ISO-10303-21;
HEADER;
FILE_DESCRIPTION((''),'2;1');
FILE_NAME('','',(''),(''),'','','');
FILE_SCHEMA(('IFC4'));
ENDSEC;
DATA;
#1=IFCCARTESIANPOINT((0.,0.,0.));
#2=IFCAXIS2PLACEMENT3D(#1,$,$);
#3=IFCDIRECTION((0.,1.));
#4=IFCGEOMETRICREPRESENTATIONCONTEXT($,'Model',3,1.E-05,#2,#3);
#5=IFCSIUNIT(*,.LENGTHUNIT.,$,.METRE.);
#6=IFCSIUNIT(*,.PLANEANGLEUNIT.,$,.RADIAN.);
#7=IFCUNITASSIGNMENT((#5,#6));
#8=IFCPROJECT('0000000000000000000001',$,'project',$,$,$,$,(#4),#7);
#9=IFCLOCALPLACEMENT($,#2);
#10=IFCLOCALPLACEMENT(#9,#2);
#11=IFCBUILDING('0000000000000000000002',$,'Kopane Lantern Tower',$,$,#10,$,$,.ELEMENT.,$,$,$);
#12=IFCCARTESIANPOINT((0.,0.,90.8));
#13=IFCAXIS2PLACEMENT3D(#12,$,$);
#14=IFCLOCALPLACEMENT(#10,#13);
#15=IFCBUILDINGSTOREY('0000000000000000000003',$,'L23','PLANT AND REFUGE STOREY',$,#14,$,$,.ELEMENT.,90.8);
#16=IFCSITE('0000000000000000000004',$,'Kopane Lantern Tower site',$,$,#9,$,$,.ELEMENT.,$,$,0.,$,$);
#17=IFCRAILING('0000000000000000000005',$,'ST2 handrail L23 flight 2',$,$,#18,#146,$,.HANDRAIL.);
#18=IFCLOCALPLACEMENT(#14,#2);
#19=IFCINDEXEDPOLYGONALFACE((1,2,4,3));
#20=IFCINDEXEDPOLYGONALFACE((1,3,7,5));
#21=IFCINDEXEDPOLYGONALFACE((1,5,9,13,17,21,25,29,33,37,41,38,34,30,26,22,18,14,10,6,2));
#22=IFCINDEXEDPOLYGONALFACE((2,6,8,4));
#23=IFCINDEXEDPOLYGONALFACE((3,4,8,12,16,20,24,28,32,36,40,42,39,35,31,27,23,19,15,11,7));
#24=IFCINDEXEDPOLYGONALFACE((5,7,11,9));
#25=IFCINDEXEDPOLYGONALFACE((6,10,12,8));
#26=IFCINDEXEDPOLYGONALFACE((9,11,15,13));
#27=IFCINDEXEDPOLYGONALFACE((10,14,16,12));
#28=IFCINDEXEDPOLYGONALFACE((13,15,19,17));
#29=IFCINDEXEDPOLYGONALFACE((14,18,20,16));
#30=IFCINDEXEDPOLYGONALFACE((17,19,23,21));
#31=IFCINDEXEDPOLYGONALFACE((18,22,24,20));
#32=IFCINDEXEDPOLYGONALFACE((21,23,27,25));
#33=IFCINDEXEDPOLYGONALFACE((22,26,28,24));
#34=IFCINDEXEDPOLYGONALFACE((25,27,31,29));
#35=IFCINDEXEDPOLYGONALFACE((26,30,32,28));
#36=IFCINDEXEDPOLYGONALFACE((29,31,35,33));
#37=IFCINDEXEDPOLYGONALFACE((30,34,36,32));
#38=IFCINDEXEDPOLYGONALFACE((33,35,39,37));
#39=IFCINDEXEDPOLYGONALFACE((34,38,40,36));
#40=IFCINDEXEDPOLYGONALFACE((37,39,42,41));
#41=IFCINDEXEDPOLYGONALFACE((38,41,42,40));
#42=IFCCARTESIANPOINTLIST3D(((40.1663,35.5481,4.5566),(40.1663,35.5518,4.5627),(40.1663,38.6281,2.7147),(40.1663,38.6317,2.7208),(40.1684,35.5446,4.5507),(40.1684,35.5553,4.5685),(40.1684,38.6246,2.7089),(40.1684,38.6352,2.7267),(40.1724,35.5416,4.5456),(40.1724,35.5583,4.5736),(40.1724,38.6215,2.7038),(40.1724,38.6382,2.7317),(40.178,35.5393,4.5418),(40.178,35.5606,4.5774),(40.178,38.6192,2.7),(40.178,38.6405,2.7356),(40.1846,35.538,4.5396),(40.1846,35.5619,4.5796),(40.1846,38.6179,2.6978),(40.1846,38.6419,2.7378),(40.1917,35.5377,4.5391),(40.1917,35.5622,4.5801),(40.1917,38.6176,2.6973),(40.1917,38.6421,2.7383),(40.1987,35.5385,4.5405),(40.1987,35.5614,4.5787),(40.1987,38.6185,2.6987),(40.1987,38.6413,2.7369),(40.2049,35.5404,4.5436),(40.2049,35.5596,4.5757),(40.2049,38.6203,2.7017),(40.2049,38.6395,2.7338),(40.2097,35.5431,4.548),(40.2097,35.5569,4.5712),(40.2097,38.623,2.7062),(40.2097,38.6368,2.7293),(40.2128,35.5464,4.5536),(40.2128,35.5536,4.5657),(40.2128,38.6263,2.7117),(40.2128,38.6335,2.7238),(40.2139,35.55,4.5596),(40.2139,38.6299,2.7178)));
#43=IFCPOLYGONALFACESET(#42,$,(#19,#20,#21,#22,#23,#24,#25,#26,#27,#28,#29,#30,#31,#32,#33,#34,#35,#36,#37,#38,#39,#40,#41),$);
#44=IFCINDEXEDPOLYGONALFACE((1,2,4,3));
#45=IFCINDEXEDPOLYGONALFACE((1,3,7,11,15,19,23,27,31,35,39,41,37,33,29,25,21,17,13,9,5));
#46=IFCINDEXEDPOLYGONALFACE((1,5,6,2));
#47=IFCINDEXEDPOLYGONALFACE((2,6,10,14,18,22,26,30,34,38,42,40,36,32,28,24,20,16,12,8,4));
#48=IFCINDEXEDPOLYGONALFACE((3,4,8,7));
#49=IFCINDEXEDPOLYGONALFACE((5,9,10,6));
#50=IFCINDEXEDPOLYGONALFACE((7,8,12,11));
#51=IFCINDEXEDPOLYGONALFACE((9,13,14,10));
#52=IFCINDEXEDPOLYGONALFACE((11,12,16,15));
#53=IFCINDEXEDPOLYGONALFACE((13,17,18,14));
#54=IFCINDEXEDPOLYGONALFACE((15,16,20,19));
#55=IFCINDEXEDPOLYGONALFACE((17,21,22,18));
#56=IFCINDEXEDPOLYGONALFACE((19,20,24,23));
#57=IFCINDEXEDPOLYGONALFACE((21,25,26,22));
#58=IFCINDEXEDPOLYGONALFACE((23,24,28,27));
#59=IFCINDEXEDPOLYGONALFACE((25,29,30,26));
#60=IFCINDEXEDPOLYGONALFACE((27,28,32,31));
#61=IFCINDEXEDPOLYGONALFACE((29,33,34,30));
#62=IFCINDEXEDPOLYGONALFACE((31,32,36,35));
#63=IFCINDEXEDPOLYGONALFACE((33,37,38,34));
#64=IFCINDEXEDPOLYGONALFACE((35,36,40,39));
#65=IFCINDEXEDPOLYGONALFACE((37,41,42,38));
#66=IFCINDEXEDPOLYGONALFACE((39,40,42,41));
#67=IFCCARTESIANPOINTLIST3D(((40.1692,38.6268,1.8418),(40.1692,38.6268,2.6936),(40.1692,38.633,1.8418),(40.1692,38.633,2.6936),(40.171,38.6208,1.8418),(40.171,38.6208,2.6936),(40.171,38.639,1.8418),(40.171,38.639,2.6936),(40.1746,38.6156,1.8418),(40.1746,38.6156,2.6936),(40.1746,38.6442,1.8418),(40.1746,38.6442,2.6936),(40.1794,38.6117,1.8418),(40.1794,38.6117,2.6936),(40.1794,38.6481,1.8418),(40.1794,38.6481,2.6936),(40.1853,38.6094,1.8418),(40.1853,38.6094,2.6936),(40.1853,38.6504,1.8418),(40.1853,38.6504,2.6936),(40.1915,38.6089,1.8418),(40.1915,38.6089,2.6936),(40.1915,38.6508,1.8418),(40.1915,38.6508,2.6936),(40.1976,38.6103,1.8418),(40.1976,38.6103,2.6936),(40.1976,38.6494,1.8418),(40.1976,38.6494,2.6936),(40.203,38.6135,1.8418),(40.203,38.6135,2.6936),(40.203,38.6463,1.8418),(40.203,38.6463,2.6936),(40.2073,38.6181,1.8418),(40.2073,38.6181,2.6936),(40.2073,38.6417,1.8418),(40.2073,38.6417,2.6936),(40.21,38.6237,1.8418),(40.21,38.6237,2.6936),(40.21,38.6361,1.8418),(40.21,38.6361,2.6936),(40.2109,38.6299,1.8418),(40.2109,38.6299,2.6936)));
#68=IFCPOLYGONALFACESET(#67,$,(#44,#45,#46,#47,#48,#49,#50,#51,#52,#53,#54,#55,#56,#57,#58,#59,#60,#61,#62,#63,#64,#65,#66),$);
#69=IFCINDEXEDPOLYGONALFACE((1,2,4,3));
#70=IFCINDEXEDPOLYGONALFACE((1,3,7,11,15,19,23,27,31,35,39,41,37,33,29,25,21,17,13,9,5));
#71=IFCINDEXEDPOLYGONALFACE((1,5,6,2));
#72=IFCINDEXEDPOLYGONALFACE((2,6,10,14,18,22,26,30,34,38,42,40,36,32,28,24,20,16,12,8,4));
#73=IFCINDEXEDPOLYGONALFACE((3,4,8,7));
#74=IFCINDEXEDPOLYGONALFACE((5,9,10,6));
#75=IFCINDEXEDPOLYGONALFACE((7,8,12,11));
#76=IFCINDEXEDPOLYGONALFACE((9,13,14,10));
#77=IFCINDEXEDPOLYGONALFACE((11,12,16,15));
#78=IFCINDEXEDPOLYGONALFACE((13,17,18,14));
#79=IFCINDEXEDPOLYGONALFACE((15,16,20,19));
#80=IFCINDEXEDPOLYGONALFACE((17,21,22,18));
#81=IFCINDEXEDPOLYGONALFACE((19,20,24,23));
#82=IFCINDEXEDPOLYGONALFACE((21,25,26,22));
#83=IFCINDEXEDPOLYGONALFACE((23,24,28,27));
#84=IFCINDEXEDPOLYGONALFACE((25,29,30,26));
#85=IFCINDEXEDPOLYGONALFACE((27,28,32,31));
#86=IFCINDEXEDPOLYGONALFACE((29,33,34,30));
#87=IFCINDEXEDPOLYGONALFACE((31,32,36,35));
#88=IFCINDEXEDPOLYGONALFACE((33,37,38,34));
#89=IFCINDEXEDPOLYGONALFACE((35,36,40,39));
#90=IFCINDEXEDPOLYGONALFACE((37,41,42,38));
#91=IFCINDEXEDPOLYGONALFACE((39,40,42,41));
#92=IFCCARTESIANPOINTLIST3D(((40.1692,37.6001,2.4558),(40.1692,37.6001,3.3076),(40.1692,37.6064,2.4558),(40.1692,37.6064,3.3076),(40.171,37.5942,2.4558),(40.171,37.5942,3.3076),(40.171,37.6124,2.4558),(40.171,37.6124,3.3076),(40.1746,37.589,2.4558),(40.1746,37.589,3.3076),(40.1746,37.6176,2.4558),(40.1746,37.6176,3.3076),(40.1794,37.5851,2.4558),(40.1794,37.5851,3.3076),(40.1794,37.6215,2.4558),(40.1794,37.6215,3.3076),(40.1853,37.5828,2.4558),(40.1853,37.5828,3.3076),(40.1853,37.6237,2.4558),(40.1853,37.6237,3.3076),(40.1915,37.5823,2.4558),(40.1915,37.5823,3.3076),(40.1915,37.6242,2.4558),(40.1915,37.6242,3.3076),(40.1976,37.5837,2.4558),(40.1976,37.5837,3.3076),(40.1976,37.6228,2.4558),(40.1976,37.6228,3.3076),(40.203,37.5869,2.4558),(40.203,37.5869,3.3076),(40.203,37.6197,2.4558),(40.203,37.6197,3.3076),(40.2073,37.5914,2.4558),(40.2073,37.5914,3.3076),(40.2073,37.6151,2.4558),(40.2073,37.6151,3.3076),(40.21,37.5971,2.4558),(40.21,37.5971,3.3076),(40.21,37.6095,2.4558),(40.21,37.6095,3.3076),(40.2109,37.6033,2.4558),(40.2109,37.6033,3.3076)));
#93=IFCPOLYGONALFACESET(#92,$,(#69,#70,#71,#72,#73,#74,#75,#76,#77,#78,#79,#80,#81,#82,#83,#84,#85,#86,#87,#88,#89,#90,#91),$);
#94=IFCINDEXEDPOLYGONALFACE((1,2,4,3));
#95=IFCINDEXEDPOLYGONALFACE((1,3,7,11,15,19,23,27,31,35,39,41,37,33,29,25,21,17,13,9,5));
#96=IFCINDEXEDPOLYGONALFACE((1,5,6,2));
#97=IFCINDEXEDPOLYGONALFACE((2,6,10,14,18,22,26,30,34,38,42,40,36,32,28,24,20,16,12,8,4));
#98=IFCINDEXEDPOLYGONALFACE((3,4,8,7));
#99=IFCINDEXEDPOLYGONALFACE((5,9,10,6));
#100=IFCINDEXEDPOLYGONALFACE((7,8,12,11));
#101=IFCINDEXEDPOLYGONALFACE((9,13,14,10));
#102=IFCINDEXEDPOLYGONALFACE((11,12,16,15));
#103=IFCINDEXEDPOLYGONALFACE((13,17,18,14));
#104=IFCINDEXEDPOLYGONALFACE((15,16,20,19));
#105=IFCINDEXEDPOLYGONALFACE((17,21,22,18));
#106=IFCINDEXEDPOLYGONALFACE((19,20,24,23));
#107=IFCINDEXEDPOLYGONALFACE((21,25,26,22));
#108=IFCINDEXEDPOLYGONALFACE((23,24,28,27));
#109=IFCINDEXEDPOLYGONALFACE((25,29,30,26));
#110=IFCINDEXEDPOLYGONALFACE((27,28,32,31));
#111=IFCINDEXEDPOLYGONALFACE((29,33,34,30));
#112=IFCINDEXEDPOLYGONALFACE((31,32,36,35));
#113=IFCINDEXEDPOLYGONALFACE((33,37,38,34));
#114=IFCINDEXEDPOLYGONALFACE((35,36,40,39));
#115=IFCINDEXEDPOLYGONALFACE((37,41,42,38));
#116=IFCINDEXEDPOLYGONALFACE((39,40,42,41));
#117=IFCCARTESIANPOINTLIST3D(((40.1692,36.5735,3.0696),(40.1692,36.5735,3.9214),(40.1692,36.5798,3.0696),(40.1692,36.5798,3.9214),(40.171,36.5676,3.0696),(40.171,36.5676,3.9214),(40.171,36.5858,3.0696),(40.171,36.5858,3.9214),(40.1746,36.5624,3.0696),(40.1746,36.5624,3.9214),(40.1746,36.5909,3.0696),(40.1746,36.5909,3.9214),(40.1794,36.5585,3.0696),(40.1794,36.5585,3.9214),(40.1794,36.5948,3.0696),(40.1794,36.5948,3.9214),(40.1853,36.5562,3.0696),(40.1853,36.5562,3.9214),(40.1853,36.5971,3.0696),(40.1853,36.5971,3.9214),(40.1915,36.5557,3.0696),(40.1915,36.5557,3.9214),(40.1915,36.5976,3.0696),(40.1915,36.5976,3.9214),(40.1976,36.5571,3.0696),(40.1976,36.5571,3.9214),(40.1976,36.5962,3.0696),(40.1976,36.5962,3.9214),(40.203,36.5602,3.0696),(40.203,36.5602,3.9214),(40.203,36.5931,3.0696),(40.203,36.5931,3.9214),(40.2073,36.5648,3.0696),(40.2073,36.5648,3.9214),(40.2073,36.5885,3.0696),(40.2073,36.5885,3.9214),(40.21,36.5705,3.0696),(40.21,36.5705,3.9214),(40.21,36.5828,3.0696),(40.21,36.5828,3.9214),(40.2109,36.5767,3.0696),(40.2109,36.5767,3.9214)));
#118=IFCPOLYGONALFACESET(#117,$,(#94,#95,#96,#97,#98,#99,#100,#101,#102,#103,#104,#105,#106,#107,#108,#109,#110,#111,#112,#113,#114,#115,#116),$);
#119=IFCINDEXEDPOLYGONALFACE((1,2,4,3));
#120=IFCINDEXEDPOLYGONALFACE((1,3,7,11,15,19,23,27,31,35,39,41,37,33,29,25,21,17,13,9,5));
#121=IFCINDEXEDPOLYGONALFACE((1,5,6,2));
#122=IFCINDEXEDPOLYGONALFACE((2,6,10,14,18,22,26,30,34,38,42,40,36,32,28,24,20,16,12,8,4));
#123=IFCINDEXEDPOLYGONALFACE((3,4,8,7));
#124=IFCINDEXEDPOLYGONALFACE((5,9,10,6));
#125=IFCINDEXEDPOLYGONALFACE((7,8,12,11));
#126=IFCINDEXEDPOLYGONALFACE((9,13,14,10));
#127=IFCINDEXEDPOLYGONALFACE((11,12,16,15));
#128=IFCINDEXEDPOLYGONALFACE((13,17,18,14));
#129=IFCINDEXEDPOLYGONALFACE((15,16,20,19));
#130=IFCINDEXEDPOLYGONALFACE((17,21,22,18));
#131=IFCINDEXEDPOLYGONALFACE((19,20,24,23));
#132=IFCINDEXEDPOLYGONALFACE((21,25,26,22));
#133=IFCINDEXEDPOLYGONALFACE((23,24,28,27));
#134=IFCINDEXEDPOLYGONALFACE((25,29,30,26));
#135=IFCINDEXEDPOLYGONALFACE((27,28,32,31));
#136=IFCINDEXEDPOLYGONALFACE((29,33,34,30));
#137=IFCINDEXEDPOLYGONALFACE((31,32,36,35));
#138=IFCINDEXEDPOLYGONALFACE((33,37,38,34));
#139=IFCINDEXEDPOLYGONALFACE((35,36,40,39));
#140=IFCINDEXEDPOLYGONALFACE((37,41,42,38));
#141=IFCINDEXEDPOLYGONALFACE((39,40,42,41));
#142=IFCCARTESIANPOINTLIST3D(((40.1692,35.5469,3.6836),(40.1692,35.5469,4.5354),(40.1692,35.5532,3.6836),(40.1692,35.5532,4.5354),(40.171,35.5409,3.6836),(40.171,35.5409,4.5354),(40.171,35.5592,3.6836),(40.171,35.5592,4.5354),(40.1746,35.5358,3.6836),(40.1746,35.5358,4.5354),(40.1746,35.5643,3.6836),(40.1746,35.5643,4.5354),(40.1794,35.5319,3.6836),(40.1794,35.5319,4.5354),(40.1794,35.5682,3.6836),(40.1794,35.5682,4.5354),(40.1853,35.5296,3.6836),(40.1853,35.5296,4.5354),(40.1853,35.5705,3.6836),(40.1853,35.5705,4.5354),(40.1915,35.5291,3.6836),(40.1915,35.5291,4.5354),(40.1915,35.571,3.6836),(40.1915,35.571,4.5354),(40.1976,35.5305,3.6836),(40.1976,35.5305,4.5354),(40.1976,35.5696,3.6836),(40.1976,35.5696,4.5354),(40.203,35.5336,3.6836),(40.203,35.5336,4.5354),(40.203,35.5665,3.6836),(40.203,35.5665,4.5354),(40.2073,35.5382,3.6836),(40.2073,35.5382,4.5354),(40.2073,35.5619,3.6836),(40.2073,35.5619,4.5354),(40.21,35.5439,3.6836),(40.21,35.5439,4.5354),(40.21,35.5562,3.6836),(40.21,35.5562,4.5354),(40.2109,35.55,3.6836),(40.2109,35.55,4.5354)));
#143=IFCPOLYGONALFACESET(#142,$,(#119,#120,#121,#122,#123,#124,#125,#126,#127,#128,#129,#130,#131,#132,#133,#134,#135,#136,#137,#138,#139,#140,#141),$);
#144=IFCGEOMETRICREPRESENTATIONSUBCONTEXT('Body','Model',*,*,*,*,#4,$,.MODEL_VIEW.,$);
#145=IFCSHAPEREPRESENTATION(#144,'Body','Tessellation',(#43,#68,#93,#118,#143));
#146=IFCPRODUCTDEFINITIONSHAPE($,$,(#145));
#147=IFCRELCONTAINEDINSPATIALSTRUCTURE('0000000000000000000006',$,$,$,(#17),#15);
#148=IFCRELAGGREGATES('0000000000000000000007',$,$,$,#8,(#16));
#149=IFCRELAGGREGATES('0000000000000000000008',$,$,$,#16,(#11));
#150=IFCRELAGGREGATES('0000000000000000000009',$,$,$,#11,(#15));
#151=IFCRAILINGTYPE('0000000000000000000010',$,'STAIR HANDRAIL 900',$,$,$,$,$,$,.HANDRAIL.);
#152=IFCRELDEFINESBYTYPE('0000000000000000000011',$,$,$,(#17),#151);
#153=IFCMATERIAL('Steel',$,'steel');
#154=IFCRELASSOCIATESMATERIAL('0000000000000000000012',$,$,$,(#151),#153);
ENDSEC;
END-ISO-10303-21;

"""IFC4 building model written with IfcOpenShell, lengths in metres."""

from ifc_helpers import new_model, si_unit, direction, frame, origin, origin_2d, place, context, subcontext, project, spatial, circle, extrude, material, type_object, element, save


model = new_model("IFC4")

# Units and contexts
model_context = context("Model", 3, precision=1e-05, world=origin(), true_north=direction((0.0, 1.0)))
body_context = subcontext(model_context, "Body", "Model", "MODEL_VIEW")
ifc_project = project(units=[si_unit("LENGTHUNIT", "METRE"), si_unit("PLANEANGLEUNIT", "RADIAN")], contexts=[model_context])

# Site, building, storey
site_placement = place(None, origin())
site = spatial("IfcSite", under=ifc_project, at=site_placement, Name="Kopane Lantern Tower site", CompositionType="ELEMENT", RefElevation=0.0)
building_placement = place(site_placement, origin())
building = spatial("IfcBuilding", under=site, at=building_placement, Name="Kopane Lantern Tower", CompositionType="ELEMENT")
storey_placement = place(building_placement, frame((0.0, 0.0, 90.8)))
storey = spatial("IfcBuildingStorey", under=building, at=storey_placement, Name="L23", Description="PLANT AND REFUGE STOREY", CompositionType="ELEMENT", Elevation=90.8)

# Railing
ifc_material_1 = material(Name="Steel", Category="steel")
railing_type_1 = type_object("IfcRailingType", Name="STAIR HANDRAIL 900", PredefinedType="HANDRAIL", material=ifc_material_1)
for number, where, name in (
    (1, (40.1899, 38.6299, 1.8418), "ST2 handrail L23 flight 2"),
):
    element("IfcRailing", number, at=place(storey_placement, frame(where)), inside=storey, type_object=railing_type_1, Name=name, PredefinedType="HANDRAIL", context=body_context, shape_type="SweptSolid", body=[
        extrude(circle(Radius=0.0239, at=origin_2d()), frame((0.0, 0.0, 0.876), z_axis=(0.0, -0.858242, 0.513245), x_axis=(1.0, 0.0, 0.0)), (0.0, 0.0, 1.0), 3.5886),
        extrude(circle(Radius=0.021, at=origin_2d()), origin(), (0.0, 0.0, 1.0), 0.8518),
        extrude(circle(Radius=0.021, at=origin_2d()), frame((0.0, -1.0266, 0.614)), (0.0, 0.0, 1.0), 0.8518),
        extrude(circle(Radius=0.021, at=origin_2d()), frame((0.0, -2.0532, 1.2278)), (0.0, 0.0, 1.0), 0.8518),
        extrude(circle(Radius=0.021, at=origin_2d()), frame((0.0, -3.0798, 1.8418)), (0.0, 0.0, 1.0), 0.8518),
    ])

save(model, "model.ifc")
